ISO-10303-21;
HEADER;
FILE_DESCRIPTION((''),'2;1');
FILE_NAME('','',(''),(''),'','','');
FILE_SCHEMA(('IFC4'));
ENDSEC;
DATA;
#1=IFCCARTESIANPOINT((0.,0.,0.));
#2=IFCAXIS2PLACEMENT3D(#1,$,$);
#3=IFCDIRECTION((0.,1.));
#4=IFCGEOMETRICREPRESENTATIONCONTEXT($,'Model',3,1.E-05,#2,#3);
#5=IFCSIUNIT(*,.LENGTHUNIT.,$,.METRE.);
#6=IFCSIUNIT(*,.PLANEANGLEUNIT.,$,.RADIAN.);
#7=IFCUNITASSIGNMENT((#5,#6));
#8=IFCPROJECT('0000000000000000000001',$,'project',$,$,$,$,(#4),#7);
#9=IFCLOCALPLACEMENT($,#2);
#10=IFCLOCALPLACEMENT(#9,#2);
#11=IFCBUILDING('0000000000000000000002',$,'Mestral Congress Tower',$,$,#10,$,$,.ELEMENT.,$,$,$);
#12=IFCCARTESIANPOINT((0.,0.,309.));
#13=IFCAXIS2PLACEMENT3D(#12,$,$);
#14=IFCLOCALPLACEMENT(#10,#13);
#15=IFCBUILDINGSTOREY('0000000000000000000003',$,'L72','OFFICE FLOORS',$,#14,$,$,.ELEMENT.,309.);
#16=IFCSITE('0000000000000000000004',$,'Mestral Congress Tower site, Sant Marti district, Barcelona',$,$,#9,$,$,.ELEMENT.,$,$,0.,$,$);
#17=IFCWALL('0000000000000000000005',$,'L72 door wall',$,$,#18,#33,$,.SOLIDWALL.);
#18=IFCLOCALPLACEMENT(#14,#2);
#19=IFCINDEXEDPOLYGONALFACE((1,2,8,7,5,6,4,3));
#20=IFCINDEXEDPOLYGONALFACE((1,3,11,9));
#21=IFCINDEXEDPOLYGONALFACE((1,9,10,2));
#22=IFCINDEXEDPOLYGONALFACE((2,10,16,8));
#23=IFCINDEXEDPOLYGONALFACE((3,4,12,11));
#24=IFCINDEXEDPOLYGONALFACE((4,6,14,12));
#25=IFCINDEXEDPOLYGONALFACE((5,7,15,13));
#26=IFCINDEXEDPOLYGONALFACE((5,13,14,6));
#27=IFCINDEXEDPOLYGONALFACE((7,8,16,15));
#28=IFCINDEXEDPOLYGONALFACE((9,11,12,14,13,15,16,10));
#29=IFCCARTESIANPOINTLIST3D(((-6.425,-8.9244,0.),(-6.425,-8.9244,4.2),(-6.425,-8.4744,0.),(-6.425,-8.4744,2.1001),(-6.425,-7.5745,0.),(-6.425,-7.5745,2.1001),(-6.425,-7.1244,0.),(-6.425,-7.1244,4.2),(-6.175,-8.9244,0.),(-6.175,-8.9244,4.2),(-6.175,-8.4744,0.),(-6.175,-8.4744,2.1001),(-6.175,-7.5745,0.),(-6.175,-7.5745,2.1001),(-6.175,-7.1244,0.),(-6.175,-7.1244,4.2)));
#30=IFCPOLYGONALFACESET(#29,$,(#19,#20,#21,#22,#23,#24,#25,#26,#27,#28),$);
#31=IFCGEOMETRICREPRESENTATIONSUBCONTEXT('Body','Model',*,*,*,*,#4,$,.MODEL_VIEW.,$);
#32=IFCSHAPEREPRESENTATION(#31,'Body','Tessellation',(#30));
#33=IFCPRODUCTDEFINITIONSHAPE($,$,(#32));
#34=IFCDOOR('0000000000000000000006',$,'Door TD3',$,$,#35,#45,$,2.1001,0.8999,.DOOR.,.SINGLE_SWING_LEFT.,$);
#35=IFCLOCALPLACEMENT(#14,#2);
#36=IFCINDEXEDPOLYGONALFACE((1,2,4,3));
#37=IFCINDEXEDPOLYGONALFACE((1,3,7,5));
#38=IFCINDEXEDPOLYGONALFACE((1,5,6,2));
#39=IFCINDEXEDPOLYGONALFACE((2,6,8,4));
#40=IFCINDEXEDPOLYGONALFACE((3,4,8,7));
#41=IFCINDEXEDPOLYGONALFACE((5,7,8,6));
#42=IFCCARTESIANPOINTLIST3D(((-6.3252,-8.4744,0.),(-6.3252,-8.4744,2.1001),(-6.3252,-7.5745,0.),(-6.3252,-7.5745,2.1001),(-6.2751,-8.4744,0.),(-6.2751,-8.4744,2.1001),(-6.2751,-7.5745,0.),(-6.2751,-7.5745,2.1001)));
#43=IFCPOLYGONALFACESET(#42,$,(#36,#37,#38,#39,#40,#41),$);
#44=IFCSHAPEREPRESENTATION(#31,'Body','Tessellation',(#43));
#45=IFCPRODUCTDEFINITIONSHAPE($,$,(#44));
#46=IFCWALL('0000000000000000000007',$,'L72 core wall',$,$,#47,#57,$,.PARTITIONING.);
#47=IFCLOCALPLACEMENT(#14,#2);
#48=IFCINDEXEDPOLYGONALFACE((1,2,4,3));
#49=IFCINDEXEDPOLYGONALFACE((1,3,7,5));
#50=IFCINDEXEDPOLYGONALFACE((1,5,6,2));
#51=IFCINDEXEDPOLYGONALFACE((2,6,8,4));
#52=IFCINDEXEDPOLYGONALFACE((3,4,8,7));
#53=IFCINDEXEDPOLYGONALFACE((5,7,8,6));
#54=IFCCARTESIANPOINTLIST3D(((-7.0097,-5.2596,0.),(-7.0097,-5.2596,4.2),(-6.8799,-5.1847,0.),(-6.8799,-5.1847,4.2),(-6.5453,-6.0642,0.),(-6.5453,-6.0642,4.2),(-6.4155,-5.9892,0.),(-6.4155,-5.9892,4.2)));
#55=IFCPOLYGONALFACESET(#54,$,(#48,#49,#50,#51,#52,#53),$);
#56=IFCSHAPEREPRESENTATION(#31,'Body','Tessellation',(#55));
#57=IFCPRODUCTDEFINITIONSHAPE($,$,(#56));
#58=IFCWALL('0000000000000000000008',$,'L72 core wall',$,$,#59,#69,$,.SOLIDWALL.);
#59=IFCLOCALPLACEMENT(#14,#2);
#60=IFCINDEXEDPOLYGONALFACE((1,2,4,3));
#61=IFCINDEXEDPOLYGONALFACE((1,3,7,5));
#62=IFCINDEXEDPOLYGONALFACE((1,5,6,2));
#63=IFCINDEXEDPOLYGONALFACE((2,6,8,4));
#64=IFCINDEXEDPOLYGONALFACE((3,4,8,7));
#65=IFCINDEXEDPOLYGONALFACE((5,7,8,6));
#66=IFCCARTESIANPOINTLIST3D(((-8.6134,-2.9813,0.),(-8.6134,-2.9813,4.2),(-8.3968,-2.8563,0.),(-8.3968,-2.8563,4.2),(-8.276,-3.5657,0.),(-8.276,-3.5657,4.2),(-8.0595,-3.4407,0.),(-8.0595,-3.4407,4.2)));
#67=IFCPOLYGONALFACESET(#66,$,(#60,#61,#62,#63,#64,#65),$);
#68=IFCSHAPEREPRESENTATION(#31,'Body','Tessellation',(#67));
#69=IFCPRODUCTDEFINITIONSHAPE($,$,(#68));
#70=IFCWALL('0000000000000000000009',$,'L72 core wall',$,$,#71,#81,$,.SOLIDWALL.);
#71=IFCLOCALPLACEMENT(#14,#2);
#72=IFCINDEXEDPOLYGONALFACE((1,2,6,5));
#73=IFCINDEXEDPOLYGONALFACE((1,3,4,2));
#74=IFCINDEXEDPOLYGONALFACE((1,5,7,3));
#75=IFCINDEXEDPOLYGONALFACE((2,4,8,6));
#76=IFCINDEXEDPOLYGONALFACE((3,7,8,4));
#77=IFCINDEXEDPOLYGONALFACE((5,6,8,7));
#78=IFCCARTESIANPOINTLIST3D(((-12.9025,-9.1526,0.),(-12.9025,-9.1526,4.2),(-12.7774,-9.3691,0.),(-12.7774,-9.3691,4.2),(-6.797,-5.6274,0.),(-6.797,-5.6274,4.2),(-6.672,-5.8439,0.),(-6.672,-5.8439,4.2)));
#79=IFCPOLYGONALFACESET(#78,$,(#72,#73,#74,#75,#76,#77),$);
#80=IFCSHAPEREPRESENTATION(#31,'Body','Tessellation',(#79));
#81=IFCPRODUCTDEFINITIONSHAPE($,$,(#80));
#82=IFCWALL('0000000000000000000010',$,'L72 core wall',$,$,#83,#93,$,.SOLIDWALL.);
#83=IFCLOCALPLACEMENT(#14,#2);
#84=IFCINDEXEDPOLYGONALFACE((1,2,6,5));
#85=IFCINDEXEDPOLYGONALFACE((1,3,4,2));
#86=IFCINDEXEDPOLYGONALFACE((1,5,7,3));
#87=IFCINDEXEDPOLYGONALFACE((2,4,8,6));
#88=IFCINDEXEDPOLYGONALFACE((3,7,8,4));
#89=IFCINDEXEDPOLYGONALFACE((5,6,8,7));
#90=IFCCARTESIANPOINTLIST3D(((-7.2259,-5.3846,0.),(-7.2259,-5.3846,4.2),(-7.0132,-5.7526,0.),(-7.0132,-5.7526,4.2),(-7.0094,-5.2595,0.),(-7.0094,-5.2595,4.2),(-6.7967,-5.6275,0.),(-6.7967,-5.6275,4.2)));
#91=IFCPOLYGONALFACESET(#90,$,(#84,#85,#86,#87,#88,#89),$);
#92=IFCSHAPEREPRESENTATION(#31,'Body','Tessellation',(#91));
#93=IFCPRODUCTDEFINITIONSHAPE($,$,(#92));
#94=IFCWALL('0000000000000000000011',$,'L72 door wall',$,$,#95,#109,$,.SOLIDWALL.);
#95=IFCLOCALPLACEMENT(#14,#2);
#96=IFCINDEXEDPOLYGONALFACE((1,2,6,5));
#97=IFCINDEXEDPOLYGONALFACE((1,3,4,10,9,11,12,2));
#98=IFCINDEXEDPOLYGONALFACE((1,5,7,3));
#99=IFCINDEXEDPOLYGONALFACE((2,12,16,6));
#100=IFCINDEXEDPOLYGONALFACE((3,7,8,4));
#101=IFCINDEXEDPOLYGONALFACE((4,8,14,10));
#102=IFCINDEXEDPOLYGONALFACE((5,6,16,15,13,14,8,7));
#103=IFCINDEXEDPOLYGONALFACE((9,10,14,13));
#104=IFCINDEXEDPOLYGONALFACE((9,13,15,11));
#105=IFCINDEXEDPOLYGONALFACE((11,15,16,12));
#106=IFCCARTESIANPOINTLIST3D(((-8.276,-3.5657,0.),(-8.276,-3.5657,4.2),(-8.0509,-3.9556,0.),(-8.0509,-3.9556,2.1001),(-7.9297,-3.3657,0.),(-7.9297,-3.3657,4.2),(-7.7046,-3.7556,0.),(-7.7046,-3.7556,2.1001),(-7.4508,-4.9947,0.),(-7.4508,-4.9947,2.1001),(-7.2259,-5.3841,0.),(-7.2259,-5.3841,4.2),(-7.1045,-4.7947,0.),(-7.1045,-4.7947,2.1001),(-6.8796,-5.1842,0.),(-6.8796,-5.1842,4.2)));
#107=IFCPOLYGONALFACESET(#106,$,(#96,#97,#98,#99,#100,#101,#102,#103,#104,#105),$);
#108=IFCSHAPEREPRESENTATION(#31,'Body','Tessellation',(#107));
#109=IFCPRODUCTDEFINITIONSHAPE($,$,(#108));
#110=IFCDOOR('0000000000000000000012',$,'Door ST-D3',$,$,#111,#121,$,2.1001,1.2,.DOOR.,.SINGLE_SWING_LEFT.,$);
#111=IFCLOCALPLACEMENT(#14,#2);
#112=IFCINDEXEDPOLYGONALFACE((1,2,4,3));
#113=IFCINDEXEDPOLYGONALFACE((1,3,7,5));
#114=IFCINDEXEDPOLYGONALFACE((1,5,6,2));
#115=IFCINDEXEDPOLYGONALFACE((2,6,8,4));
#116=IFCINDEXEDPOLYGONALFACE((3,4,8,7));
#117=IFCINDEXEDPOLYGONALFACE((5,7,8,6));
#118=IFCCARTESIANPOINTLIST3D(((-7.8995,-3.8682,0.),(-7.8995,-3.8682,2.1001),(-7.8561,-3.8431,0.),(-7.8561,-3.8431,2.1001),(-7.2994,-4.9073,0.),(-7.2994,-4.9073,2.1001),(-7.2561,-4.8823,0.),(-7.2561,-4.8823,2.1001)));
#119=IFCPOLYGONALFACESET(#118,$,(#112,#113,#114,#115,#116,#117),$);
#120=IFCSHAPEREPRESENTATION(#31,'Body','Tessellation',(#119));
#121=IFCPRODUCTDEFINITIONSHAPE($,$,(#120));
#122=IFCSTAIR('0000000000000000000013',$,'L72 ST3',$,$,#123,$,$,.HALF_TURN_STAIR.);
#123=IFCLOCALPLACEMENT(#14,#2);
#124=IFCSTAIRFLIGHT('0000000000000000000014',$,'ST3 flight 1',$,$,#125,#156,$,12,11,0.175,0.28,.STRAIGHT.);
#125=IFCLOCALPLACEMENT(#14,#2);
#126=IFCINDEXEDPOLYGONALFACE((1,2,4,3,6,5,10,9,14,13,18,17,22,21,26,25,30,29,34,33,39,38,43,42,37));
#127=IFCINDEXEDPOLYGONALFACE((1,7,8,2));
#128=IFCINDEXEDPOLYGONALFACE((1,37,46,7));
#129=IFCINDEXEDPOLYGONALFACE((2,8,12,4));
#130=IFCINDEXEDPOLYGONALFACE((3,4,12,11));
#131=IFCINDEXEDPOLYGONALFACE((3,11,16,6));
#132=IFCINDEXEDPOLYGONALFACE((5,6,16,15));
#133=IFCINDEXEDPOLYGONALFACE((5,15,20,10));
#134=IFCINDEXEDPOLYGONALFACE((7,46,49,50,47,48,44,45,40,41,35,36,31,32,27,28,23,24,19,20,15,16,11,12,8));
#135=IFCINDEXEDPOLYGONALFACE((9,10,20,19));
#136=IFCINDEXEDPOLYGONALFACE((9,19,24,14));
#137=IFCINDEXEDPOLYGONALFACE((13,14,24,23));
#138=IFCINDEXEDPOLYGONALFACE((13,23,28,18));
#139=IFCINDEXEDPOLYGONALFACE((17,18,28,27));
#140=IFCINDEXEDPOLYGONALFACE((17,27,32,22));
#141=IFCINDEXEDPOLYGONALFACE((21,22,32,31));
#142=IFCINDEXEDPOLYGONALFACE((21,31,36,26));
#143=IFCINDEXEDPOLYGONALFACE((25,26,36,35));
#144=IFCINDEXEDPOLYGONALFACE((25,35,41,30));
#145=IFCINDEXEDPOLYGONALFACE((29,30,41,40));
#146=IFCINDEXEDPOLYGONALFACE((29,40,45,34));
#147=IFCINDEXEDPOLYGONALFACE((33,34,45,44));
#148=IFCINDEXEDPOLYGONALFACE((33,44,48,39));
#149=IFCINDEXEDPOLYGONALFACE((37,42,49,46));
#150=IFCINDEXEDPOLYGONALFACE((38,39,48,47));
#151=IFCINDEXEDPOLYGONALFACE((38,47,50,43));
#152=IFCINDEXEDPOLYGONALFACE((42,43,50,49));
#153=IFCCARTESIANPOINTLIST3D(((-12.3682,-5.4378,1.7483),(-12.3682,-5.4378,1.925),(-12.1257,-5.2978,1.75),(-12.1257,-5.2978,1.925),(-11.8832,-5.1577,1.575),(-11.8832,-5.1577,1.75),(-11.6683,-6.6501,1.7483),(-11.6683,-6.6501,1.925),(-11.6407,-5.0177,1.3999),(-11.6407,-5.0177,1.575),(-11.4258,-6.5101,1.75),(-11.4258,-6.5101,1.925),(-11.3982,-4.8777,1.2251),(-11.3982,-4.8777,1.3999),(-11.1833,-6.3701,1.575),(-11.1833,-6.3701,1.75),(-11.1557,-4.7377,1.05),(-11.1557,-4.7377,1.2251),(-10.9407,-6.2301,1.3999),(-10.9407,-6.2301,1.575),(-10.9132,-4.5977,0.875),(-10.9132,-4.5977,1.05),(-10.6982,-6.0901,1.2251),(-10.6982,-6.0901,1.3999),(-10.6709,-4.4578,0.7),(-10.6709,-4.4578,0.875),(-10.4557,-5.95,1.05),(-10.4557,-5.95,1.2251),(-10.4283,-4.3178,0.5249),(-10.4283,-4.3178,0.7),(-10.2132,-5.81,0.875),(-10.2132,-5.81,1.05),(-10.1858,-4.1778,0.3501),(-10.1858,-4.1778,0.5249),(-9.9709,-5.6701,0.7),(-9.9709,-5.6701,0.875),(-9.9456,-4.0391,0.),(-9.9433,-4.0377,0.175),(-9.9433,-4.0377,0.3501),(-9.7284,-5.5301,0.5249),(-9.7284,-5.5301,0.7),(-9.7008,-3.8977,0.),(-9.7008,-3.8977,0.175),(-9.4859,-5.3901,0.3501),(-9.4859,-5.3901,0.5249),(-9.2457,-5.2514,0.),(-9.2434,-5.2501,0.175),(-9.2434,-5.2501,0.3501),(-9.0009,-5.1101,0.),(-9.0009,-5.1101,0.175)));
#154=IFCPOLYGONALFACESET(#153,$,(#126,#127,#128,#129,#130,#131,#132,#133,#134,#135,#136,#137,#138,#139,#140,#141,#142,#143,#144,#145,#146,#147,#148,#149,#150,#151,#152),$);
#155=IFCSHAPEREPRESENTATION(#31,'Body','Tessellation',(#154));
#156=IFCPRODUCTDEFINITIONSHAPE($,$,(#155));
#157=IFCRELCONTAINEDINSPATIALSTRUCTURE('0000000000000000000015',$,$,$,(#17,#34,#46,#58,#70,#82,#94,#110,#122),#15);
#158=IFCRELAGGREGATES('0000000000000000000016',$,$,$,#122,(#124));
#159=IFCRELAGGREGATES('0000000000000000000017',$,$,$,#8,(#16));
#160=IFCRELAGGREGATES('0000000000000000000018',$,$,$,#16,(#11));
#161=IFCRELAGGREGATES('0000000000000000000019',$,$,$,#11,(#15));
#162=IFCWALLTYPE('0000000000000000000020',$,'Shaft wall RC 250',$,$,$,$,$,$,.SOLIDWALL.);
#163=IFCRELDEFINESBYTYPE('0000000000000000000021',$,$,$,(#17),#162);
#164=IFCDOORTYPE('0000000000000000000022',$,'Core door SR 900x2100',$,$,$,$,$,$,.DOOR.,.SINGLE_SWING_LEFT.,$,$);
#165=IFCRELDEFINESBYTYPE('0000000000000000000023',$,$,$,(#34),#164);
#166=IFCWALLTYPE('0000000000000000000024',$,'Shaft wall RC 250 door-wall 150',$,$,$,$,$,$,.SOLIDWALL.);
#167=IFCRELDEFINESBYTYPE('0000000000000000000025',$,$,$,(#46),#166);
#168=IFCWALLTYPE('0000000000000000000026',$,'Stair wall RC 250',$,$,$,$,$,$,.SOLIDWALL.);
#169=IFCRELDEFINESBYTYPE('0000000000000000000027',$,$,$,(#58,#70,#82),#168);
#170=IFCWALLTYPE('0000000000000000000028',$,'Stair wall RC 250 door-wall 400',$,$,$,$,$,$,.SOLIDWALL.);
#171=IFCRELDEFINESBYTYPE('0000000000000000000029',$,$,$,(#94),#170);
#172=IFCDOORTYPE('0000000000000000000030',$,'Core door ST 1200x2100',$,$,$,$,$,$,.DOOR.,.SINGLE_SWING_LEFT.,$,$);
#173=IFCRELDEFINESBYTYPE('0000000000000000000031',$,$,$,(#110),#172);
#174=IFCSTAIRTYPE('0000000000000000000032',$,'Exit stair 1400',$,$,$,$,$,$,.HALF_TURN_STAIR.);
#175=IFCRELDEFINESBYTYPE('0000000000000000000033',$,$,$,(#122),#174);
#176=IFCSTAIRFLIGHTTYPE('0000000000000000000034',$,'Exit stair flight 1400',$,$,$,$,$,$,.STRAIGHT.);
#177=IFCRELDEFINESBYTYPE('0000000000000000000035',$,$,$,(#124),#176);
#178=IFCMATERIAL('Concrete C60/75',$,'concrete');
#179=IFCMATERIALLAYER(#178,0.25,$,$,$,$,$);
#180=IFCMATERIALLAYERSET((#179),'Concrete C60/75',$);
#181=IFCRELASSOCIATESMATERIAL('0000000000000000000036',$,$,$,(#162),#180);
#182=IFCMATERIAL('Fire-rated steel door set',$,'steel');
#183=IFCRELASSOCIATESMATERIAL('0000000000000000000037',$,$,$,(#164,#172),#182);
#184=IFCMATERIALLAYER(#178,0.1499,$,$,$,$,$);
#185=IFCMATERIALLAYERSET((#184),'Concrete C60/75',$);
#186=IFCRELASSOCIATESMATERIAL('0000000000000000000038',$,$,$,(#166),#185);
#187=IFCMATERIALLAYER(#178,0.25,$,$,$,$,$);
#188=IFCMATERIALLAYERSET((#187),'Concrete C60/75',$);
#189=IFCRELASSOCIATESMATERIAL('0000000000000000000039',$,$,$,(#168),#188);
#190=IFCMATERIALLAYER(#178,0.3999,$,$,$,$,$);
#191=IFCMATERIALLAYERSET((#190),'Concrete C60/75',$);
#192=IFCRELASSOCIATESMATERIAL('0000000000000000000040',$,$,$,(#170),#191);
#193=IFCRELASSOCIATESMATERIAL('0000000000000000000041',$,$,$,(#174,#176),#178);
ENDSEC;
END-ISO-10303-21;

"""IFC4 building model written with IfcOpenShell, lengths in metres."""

from ifc_helpers import new_model, si_unit, direction, frame, frame_2d, origin, place, context, subcontext, project, spatial, polyline, rectangle, outline, extrude, material, layer, layer_set, type_object, element, fill, aggregate, save


model = new_model("IFC4")

# Units and contexts
model_context = context("Model", 3, precision=1e-05, world=origin(), true_north=direction((0.0, 1.0)))
body_context = subcontext(model_context, "Body", "Model", "MODEL_VIEW")
ifc_project = project(units=[si_unit("LENGTHUNIT", "METRE"), si_unit("PLANEANGLEUNIT", "RADIAN")], contexts=[model_context])

# Site, building, storey
site_placement = place(None, origin())
site = spatial("IfcSite", under=ifc_project, at=site_placement, Name="Mestral Congress Tower site, Sant Marti district, Barcelona", CompositionType="ELEMENT", RefElevation=0.0)
building_placement = place(site_placement, origin())
building = spatial("IfcBuilding", under=site, at=building_placement, Name="Mestral Congress Tower", CompositionType="ELEMENT")
storey_placement = place(building_placement, frame((0.0, 0.0, 309.0)))
storey = spatial("IfcBuildingStorey", under=building, at=storey_placement, Name="L72", Description="OFFICE FLOORS", CompositionType="ELEMENT", Elevation=309.0)

# Shared definitions
ifc_material_1 = material(Name="Fire-rated steel door set", Category="steel")

# Shared definitions
ifc_material_2 = material(Name="Concrete C60/75", Category="concrete")
ifc_layer_1 = layer(ifc_material_2, 0.25)
ifc_layer_set_1 = layer_set([ifc_layer_1], Name="Concrete C60/75")
wall_type_1 = type_object("IfcWallType", Name="Shaft wall RC 250", PredefinedType="SOLIDWALL", material=ifc_layer_set_1)

# Shared definitions
door_type_1 = type_object("IfcDoorType", Name="Core door SR 900x2100", OperationType="SINGLE_SWING_LEFT", PredefinedType="DOOR", material=ifc_material_1)

# Wall, opening, door
wall_1_placement = place(storey_placement, frame((-6.3, -7.1245, 0.0), z_axis=(0.0, 0.0, 1.0), x_axis=(0.0, -1.0, 0.0)))
wall_1 = element("IfcWall", 1, at=wall_1_placement, inside=storey, type_object=wall_type_1, Name="L72 door wall", PredefinedType="SOLIDWALL", context=body_context, shape_type="SweptSolid", body=[
    extrude(rectangle(XDim=1.8, YDim=0.25, at=frame_2d((0.8999, 0.0))), origin(), (0.0, 0.0, 1.0), 4.2),
])
opening_1_placement = place(wall_1_placement, frame((0.45, 0.0, 0.0)))
opening_1 = element("IfcOpeningElement", 2, at=opening_1_placement, cuts=wall_1, PredefinedType="OPENING", context=body_context, shape_type="SweptSolid", body=[
    extrude(rectangle(XDim=0.8999, YDim=2.1001, at=frame_2d((0.45, 1.05))), frame((0.0, 0.135, 0.0), z_axis=(0.0, -1.0, 0.0), x_axis=(1.0, 0.0, 0.0)), (0.0, 0.0, 1.0), 0.27),
])
door_1_placement = place(opening_1_placement, origin())
door_1 = element("IfcDoor", 3, at=door_1_placement, inside=storey, type_object=door_type_1, Name="Door TD3", OperationType="SINGLE_SWING_LEFT", OverallHeight=2.1001, OverallWidth=0.8999, PredefinedType="DOOR", context=body_context, shape_type="SweptSolid", body=[
    extrude(rectangle(XDim=0.8999, YDim=2.1001, at=frame_2d((0.45, 1.05))), frame((0.0, 0.0249, 0.0), z_axis=(0.0, -1.0, 0.0), x_axis=(1.0, 0.0, 0.0)), (0.0, 0.0, 1.0), 0.05),
])
fill(opening_1, door_1)

# Walls
ifc_layer_2 = layer(ifc_material_2, 0.1499)
ifc_layer_set_2 = layer_set([ifc_layer_2], Name="Concrete C60/75")
wall_type_2 = type_object("IfcWallType", Name="Shaft wall RC 250 door-wall 150", PredefinedType="SOLIDWALL", material=ifc_layer_set_2)
wall_2_placement = place(storey_placement, frame((-6.4805, -6.0266, 0.0), z_axis=(0.0, 0.0, 1.0), x_axis=(-0.499927, 0.866067, 0.0)))
element("IfcWall", 4, at=wall_2_placement, inside=storey, type_object=wall_type_2, Name="L72 core wall", PredefinedType="PARTITIONING", context=body_context, shape_type="SweptSolid", body=[
    extrude(rectangle(XDim=0.929, YDim=0.1499, at=frame_2d((0.4644, 0.0))), origin(), (0.0, 0.0, 1.0), 4.2),
])
ifc_layer_3 = layer(ifc_material_2, 0.25)
ifc_layer_set_3 = layer_set([ifc_layer_3], Name="Concrete C60/75")
wall_type_3 = type_object("IfcWallType", Name="Stair wall RC 250", PredefinedType="SOLIDWALL", material=ifc_layer_set_3)
wall_3_placement = place(storey_placement, frame((-8.1677, -3.5032, 0.0), z_axis=(0.0, 0.0, 1.0), x_axis=(-0.499952, 0.866053, 0.0)))
element("IfcWall", 5, at=wall_3_placement, inside=storey, type_object=wall_type_3, Name="L72 core wall", PredefinedType="SOLIDWALL", context=body_context, shape_type="SweptSolid", body=[
    extrude(rectangle(XDim=0.6748, YDim=0.25, at=frame_2d((0.3374, 0.0))), origin(), (0.0, 0.0, 1.0), 4.2),
])
wall_4_placement = place(storey_placement, frame((-12.8398, -9.2607, 0.0), z_axis=(0.0, 0.0, 1.0), x_axis=(0.866016, 0.500016, 0.0)))
element("IfcWall", 6, at=wall_4_placement, inside=storey, type_object=wall_type_3, Name="L72 core wall", PredefinedType="SOLIDWALL", context=body_context, shape_type="SweptSolid", body=[
    extrude(rectangle(XDim=7.05, YDim=0.25, at=frame_2d((3.5249, 0.0))), origin(), (0.0, 0.0, 1.0), 4.2),
])
wall_5_placement = place(storey_placement, frame((-6.905, -5.6899, 0.0), z_axis=(0.0, 0.0, 1.0), x_axis=(-0.500402, 0.865793, 0.0)))
element("IfcWall", 7, at=wall_5_placement, inside=storey, type_object=wall_type_3, Name="L72 core wall", PredefinedType="SOLIDWALL", context=body_context, shape_type="SweptSolid", body=[
    extrude(rectangle(XDim=0.425, YDim=0.25, at=frame_2d((0.2124, 0.0))), origin(), (0.0, 0.0, 1.0), 4.2),
])

# Wall, opening, door
ifc_layer_4 = layer(ifc_material_2, 0.3999)
ifc_layer_set_4 = layer_set([ifc_layer_4], Name="Concrete C60/75")
wall_type_4 = type_object("IfcWallType", Name="Stair wall RC 250 door-wall 400", PredefinedType="SOLIDWALL", material=ifc_layer_set_4)
wall_6_placement = place(storey_placement, frame((-8.1028, -3.4658, 0.0), z_axis=(0.0, 0.0, 1.0), x_axis=(0.500078, -0.86598, 0.0)))
wall_6 = element("IfcWall", 8, at=wall_6_placement, inside=storey, type_object=wall_type_4, Name="L72 door wall", PredefinedType="SOLIDWALL", context=body_context, shape_type="SweptSolid", body=[
    extrude(rectangle(XDim=2.0999, YDim=0.3999, at=frame_2d((1.0498, 0.0))), origin(), (0.0, 0.0, 1.0), 4.2),
])
opening_2_placement = place(wall_6_placement, frame((0.45, 0.0, 0.0)))
opening_2 = element("IfcOpeningElement", 9, at=opening_2_placement, cuts=wall_6, PredefinedType="OPENING", context=body_context, shape_type="SweptSolid", body=[
    extrude(rectangle(XDim=1.2, YDim=2.1001, at=frame_2d((0.6001, 1.05))), frame((0.0, 0.21, 0.0), z_axis=(0.0, -1.0, 0.0), x_axis=(1.0, 0.0, 0.0)), (0.0, 0.0, 1.0), 0.4199),
])
door_type_2 = type_object("IfcDoorType", Name="Core door ST 1200x2100", OperationType="SINGLE_SWING_LEFT", PredefinedType="DOOR", material=ifc_material_1)
door_2_placement = place(opening_2_placement, origin())
door_2 = element("IfcDoor", 10, at=door_2_placement, inside=storey, type_object=door_type_2, Name="Door ST-D3", OperationType="SINGLE_SWING_LEFT", OverallHeight=2.1001, OverallWidth=1.2, PredefinedType="DOOR", context=body_context, shape_type="SweptSolid", body=[
    extrude(rectangle(XDim=1.2, YDim=2.1001, at=frame_2d((0.6001, 1.05))), frame((0.0, 0.0249, 0.0), z_axis=(0.0, -1.0, 0.0), x_axis=(1.0, 0.0, 0.0)), (0.0, 0.0, 1.0), 0.05),
])
fill(opening_2, door_2)

# Stair, stair flight
stair_type = type_object("IfcStairType", Name="Exit stair 1400", PredefinedType="HALF_TURN_STAIR", material=ifc_material_2)
stair_placement = place(storey_placement, origin())
stair = element("IfcStair", 11, at=stair_placement, inside=storey, type_object=stair_type, Name="L72 ST3", PredefinedType="HALF_TURN_STAIR")
stair_flight_type = type_object("IfcStairFlightType", Name="Exit stair flight 1400", PredefinedType="STRAIGHT", material=ifc_material_2)
stair_flight_1_placement = place(storey_placement, frame((-9.3508, -4.5039, 0.0), z_axis=(0.0, 0.0, 1.0), x_axis=(-0.866025, -0.5, 0.0)))
stair_flight_1 = element("IfcStairFlight", 12, at=stair_flight_1_placement, type_object=stair_flight_type, Name="ST3 flight 1", NumberOfRisers=12, NumberOfTreads=11, PredefinedType="STRAIGHT", RiserHeight=0.175, TreadLength=0.28, context=body_context, shape_type="SweptSolid", body=[
    extrude(outline(polyline([(0.0, 0.0), (0.0, 0.175), (0.28, 0.175), (0.28, 0.3501), (0.5601, 0.3501), (0.5601, 0.5249), (0.8401, 0.5249), (0.8401, 0.7), (1.1201, 0.7), (1.1201, 0.875), (1.3999, 0.875), (1.3999, 1.05), (1.6799, 1.05), (1.6799, 1.2251), (1.96, 1.2251), (1.96, 1.3999), (2.24, 1.3999), (2.24, 1.575), (2.52, 1.575), (2.52, 1.75), (2.8, 1.75), (2.8, 1.925), (3.0801, 1.925), (3.0801, 2.1001), (3.0801, 1.7483), (0.2827, 0.0), (0.0, 0.0)])), frame((0.0, 0.7, 0.0), z_axis=(0.0, -1.0, 0.0), x_axis=(1.0, 0.0, 0.0)), (0.0, 0.0, 1.0), 1.3999),
])
aggregate(stair, [stair_flight_1])

save(model, "model.ifc")
